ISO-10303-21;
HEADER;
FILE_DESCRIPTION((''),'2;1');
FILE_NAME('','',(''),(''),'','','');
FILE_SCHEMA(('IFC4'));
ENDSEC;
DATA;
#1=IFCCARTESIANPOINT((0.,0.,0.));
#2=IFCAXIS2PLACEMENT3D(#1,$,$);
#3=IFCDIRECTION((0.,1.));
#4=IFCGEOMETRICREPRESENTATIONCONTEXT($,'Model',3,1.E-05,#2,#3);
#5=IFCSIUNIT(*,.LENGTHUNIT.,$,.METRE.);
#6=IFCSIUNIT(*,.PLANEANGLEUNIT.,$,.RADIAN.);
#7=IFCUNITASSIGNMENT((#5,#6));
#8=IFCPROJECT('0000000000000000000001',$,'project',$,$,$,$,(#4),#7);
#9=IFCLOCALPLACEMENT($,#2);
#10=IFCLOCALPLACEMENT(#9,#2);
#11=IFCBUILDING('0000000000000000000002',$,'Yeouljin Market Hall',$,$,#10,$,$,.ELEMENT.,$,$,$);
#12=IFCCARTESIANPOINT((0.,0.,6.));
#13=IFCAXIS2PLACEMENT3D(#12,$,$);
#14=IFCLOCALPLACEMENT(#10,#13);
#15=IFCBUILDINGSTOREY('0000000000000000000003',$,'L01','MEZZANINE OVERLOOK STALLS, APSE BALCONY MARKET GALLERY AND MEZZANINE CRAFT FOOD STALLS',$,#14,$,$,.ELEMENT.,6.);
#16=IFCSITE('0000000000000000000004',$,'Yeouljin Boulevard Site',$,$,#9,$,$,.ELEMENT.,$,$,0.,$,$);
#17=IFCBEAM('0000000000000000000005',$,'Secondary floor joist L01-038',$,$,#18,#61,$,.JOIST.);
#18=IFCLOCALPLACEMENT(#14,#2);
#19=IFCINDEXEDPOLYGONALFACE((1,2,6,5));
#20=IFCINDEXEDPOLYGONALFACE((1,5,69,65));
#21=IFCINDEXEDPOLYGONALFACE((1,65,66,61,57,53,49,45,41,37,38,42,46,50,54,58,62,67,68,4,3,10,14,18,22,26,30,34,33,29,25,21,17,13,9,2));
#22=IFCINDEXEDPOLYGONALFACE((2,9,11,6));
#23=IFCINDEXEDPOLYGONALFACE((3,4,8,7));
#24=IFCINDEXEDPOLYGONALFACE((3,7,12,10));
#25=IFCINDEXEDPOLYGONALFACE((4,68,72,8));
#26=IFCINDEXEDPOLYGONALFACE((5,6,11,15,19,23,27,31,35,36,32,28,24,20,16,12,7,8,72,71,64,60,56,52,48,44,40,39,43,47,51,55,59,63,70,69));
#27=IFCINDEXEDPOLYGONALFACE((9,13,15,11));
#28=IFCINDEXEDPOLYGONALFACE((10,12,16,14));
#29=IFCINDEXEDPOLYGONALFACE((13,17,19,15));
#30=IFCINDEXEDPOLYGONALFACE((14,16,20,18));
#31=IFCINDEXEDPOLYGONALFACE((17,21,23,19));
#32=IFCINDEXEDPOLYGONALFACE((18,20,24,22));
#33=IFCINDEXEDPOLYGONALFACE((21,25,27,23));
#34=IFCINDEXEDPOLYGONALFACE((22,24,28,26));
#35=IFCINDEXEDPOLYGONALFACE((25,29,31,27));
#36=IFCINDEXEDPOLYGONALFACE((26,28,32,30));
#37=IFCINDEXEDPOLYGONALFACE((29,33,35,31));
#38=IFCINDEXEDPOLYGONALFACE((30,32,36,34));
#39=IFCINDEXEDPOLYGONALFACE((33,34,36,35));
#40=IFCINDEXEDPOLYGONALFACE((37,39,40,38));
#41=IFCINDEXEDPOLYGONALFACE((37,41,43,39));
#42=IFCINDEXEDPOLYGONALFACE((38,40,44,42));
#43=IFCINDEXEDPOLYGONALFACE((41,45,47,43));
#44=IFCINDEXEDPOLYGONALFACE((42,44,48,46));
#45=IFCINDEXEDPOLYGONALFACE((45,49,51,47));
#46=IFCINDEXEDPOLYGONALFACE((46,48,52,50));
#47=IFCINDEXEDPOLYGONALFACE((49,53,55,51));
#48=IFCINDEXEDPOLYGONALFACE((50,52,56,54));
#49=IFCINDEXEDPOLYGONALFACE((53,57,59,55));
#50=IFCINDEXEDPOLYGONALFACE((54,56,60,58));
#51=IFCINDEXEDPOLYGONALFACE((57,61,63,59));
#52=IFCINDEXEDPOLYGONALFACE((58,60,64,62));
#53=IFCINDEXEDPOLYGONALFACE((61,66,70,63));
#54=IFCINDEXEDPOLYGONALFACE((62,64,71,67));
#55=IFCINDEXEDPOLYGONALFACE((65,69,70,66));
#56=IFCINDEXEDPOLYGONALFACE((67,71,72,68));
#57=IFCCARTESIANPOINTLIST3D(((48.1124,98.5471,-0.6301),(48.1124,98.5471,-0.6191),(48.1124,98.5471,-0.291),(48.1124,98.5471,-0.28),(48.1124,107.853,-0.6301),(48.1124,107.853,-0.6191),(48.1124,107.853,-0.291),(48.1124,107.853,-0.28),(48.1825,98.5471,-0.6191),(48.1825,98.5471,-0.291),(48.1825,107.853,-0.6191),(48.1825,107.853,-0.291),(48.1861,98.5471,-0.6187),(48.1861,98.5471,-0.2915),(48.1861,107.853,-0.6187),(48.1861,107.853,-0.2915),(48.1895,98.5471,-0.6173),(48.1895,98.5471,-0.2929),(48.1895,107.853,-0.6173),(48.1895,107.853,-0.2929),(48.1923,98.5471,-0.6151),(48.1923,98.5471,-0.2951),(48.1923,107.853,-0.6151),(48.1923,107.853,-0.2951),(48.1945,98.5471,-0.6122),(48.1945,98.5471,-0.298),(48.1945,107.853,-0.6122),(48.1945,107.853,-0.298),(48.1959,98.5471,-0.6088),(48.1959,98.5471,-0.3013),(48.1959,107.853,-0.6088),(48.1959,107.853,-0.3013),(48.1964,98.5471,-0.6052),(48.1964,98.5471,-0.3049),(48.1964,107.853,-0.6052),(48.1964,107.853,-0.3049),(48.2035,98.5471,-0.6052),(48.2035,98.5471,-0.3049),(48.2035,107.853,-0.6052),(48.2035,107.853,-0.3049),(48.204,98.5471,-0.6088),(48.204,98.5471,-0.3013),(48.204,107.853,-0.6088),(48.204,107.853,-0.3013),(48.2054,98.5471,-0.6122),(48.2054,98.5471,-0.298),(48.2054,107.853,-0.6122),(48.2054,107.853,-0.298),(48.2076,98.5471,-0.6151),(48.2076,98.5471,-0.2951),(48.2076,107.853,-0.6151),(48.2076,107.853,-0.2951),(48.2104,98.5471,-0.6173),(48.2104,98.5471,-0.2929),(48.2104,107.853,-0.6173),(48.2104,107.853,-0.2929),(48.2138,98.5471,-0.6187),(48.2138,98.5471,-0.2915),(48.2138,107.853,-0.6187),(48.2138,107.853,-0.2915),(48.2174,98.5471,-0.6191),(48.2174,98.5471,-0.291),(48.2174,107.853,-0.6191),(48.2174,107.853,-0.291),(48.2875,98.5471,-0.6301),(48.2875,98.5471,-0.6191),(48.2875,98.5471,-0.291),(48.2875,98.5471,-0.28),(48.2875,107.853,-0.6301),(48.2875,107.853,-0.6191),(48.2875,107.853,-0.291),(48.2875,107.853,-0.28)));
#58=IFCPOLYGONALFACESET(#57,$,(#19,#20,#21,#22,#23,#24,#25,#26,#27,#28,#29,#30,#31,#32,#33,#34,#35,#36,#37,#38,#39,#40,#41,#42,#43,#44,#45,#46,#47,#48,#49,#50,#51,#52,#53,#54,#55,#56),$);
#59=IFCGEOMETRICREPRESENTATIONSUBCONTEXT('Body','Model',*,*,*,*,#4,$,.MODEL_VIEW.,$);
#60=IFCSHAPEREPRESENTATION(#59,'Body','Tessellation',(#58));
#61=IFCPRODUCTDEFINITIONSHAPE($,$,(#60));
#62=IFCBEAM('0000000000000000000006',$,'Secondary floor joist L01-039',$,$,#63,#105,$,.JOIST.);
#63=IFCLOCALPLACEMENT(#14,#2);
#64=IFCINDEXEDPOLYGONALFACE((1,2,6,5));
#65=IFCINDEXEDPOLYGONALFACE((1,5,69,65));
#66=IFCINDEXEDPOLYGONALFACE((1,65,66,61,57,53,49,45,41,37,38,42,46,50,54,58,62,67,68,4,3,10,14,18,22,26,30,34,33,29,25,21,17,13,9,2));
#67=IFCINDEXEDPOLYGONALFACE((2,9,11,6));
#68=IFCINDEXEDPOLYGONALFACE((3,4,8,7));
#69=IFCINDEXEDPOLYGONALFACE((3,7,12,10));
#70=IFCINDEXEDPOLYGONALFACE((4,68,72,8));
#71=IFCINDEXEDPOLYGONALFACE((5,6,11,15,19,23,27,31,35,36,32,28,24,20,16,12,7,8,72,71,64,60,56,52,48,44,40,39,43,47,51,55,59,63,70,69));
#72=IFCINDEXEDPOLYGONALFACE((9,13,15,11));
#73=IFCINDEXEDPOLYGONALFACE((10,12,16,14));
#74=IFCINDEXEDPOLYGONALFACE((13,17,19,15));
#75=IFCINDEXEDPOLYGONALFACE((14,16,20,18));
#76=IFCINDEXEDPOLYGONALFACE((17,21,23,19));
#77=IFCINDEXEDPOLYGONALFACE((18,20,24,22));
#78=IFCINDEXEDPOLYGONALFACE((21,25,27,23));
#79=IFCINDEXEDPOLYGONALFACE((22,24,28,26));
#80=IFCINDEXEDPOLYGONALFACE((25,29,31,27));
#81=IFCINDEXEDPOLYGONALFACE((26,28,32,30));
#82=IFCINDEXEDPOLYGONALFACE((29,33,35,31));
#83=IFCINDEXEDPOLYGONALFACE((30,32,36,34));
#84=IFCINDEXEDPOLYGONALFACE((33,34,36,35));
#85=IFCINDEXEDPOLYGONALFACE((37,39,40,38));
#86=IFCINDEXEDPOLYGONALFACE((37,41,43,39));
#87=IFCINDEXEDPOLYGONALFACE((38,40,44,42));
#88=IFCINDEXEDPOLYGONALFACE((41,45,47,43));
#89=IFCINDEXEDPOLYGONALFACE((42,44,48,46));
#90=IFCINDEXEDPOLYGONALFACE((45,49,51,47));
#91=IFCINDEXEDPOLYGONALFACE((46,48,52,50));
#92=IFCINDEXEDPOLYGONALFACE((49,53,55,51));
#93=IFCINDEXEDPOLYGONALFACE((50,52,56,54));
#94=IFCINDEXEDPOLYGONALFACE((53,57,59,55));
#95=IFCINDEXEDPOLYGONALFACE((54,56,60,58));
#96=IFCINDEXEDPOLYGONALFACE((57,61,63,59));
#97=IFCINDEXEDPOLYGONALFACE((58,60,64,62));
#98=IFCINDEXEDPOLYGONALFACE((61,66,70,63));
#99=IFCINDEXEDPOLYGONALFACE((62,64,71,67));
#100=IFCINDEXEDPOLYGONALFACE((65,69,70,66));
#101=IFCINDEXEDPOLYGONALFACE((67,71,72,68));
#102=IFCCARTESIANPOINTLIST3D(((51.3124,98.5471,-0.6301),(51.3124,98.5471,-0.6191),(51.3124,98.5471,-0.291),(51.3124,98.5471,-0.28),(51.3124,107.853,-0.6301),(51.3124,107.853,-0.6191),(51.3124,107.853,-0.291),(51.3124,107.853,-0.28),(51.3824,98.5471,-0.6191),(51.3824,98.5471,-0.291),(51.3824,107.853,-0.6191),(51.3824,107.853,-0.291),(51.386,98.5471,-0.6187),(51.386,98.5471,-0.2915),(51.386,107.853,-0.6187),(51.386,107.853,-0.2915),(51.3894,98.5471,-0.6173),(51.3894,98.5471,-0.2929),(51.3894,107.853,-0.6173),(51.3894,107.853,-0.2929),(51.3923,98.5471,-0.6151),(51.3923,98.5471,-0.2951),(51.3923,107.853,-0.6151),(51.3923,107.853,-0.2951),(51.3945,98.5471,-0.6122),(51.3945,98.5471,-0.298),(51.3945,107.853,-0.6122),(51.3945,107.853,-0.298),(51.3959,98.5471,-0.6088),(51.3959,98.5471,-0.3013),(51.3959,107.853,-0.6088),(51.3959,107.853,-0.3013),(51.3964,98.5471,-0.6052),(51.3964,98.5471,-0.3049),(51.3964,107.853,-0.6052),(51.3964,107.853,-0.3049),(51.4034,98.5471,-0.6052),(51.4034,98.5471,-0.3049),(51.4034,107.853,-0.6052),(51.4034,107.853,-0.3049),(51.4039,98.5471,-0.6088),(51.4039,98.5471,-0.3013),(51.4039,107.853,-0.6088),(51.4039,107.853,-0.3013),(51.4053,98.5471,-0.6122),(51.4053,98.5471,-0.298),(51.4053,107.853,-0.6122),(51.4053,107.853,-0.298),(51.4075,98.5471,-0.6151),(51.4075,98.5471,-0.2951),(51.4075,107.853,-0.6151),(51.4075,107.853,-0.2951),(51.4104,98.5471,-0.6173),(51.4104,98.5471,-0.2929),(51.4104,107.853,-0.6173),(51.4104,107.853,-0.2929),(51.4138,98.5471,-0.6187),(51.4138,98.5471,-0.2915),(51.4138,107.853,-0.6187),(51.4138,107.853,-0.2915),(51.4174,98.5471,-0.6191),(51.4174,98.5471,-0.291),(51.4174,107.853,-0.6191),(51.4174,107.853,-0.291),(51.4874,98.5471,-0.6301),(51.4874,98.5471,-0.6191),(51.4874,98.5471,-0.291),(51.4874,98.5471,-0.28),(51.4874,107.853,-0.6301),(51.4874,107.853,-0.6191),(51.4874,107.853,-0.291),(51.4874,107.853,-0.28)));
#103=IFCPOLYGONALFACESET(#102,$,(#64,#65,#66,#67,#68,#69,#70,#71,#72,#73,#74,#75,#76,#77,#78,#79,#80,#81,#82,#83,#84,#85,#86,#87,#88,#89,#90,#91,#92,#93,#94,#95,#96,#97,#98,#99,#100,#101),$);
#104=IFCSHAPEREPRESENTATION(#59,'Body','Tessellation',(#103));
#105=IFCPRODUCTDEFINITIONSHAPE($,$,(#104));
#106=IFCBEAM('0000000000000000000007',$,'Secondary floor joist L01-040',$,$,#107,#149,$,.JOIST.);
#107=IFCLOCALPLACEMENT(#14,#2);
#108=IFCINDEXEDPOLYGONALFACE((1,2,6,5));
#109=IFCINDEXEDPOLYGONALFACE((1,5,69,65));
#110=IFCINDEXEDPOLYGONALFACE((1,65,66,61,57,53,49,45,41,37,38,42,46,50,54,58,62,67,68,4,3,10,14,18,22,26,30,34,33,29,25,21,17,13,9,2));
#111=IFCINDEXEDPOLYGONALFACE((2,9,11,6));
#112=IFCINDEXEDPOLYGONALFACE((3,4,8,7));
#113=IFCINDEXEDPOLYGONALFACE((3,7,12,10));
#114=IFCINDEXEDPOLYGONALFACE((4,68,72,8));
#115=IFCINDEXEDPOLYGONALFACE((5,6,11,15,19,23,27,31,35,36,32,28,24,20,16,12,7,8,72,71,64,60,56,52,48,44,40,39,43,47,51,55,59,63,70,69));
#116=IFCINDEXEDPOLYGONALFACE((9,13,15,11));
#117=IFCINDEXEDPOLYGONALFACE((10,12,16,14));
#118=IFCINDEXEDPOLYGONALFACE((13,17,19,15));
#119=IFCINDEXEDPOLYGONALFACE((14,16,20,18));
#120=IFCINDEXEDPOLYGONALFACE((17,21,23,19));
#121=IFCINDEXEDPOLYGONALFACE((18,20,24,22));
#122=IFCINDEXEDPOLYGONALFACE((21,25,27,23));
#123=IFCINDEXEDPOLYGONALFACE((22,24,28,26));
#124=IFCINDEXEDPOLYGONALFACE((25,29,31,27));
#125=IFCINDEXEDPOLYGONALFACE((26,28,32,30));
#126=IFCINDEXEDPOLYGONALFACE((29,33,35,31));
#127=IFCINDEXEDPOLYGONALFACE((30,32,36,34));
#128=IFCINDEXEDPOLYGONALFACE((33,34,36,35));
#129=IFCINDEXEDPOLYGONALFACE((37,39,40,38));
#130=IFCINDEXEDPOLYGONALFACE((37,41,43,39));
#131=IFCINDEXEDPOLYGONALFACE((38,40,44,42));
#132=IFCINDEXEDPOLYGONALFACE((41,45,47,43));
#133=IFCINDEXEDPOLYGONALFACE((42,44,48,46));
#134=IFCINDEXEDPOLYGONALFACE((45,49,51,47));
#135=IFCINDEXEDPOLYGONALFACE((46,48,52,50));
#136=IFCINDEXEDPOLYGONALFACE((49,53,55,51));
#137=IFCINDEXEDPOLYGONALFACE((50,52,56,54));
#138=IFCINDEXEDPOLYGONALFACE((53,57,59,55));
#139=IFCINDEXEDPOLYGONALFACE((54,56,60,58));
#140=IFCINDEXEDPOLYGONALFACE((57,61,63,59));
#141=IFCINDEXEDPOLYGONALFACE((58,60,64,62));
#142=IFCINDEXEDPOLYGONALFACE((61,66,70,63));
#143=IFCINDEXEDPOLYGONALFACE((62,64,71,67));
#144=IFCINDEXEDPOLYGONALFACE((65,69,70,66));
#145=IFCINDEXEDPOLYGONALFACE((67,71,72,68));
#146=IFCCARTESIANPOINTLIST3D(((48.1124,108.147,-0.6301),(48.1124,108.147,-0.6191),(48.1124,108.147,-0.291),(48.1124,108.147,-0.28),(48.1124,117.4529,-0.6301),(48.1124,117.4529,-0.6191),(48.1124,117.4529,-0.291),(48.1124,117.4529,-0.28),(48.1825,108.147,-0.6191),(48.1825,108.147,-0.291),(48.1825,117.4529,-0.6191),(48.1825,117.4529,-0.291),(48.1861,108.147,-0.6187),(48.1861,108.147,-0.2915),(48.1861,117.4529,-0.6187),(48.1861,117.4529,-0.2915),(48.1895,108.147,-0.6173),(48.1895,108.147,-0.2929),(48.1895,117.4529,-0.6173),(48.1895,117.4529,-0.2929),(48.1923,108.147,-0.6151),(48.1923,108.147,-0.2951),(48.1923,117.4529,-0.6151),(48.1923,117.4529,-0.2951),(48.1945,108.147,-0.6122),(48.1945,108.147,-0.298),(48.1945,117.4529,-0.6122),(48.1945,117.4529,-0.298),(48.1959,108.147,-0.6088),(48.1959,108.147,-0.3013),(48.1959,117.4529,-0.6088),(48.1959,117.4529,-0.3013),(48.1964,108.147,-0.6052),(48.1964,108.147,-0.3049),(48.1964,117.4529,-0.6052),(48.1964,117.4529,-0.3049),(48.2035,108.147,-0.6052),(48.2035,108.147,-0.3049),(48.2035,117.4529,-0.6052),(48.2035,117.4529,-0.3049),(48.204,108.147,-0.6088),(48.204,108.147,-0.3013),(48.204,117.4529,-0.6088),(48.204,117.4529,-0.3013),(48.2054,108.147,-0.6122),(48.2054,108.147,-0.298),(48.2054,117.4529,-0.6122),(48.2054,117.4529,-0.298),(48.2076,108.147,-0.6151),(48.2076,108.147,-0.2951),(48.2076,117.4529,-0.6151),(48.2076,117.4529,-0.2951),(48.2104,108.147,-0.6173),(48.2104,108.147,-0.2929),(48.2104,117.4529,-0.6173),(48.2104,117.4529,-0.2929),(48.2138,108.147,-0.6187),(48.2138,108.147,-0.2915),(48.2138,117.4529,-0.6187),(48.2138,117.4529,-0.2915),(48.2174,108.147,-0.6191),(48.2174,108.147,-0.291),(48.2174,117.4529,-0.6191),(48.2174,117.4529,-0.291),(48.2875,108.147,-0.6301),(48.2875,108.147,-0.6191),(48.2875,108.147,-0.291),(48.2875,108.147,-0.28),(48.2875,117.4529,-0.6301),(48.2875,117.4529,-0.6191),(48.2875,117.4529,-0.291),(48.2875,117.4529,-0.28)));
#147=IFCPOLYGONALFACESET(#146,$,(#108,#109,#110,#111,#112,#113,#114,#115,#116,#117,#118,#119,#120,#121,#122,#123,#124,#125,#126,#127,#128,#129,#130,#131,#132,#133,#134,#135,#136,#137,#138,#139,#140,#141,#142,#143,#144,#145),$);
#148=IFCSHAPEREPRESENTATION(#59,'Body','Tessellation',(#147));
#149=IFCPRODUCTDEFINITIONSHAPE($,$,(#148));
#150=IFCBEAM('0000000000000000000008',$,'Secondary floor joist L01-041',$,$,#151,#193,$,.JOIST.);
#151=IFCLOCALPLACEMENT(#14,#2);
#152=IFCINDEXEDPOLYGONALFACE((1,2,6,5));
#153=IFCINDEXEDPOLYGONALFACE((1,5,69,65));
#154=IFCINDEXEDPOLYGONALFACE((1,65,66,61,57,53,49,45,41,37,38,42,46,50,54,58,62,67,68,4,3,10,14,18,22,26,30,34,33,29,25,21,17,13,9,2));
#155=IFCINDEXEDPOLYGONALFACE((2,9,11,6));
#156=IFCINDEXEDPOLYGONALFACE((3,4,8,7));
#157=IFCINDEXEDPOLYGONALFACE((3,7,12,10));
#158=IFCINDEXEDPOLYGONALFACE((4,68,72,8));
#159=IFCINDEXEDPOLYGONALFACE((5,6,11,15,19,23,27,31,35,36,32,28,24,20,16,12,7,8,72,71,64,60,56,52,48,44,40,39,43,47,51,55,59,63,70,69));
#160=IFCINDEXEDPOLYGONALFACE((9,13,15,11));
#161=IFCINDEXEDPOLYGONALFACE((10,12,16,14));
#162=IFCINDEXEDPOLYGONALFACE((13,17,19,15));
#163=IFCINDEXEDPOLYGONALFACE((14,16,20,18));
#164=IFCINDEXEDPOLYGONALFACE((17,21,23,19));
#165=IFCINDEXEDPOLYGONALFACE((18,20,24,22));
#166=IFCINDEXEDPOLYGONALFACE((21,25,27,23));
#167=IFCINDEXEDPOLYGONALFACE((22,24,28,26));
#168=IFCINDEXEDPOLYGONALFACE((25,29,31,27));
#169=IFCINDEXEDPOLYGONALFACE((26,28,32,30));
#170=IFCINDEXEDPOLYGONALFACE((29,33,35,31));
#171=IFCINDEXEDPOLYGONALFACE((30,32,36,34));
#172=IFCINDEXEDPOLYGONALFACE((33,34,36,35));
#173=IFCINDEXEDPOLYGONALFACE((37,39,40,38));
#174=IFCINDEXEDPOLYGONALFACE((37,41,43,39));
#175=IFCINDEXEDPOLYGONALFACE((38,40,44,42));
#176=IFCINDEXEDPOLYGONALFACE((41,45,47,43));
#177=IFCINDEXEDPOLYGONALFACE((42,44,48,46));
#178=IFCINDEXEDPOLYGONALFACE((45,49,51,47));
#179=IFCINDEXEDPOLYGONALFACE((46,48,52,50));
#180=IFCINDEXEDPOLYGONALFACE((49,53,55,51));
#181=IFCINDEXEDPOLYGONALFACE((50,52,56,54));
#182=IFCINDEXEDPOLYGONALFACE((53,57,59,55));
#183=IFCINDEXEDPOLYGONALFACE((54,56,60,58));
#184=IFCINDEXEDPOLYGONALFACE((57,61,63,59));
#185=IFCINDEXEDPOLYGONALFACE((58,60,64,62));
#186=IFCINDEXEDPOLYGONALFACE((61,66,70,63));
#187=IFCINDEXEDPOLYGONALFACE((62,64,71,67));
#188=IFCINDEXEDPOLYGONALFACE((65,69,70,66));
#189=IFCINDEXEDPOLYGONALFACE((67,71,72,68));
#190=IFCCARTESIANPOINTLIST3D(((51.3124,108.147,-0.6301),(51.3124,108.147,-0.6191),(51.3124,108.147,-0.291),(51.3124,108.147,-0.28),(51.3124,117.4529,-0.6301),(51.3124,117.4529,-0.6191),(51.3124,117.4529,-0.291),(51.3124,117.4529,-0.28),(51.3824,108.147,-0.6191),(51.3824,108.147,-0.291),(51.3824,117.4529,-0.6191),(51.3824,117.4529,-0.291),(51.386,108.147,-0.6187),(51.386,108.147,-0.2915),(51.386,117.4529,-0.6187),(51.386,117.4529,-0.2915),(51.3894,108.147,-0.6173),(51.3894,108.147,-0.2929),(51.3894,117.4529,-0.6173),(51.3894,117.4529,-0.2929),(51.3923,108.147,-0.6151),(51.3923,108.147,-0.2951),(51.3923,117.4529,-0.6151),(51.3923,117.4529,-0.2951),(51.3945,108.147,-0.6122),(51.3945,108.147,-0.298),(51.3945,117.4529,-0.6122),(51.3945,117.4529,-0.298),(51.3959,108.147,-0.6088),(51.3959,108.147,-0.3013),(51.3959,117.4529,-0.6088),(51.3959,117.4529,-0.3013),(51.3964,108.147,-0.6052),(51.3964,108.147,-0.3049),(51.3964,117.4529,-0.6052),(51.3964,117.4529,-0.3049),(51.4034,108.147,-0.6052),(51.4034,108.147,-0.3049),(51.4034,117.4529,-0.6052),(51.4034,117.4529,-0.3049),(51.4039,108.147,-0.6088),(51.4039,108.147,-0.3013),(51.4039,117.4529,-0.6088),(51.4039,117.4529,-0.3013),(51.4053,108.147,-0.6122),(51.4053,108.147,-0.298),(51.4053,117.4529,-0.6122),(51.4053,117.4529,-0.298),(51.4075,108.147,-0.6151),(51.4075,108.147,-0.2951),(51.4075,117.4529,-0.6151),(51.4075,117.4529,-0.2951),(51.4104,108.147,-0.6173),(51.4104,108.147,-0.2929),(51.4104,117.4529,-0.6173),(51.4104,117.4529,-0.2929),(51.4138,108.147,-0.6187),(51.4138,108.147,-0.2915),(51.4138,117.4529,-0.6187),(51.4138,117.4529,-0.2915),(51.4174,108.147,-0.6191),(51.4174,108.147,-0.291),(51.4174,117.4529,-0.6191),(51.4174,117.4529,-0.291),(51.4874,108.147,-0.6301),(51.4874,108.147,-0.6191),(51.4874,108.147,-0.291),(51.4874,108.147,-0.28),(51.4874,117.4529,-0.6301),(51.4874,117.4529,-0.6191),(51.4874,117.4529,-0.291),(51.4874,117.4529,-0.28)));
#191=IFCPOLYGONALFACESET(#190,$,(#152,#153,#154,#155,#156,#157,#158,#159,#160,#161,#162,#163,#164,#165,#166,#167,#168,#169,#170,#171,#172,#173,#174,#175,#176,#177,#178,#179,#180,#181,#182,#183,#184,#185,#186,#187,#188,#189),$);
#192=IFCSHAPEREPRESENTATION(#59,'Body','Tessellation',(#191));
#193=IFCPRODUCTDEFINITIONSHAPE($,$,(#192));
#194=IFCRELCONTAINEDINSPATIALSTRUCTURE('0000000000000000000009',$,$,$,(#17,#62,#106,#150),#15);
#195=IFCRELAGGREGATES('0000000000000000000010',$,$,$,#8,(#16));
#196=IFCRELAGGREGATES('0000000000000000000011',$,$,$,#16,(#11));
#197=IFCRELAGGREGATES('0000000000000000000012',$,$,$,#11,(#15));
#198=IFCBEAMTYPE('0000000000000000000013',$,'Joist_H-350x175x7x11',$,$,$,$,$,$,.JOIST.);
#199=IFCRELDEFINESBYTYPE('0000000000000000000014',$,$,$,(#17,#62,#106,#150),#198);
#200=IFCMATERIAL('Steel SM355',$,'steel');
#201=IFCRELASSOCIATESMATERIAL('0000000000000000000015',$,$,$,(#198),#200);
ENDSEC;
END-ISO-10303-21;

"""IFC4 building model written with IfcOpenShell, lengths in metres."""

from ifc_helpers import new_model, si_unit, direction, frame, origin, origin_2d, place, context, subcontext, project, spatial, i_section, extrude, material, material_profile, profile_set, type_object, element, save


model = new_model("IFC4")

# Units and contexts
model_context = context("Model", 3, precision=1e-05, world=origin(), true_north=direction((0.0, 1.0)))
body_context = subcontext(model_context, "Body", "Model", "MODEL_VIEW")
ifc_project = project(units=[si_unit("LENGTHUNIT", "METRE"), si_unit("PLANEANGLEUNIT", "RADIAN")], contexts=[model_context])

# Site, building, storey
site_placement = place(None, origin())
site = spatial("IfcSite", under=ifc_project, at=site_placement, Name="Yeouljin Boulevard Site", CompositionType="ELEMENT", RefElevation=0.0)
building_placement = place(site_placement, origin())
building = spatial("IfcBuilding", under=site, at=building_placement, Name="Yeouljin Market Hall", CompositionType="ELEMENT")
storey_placement = place(building_placement, frame((0.0, 0.0, 6.0)))
storey = spatial("IfcBuildingStorey", under=building, at=storey_placement, Name="L01", Description="MEZZANINE OVERLOOK STALLS, APSE BALCONY MARKET GALLERY AND MEZZANINE CRAFT FOOD STALLS", CompositionType="ELEMENT", Elevation=6.0)

# Beams
ifc_material_1 = material(Name="Steel SM355", Category="steel")
ifc_material_profile_1 = material_profile(ifc_material_1, i_section(OverallWidth=0.175, OverallDepth=0.3501, WebThickness=0.0071, FlangeThickness=0.011, FilletRadius=0.0139, at=origin_2d()), Name="H-350x175x7x11")
ifc_profile_set_1 = profile_set([ifc_material_profile_1], Name="Steel SM355")
beam_type_1 = type_object("IfcBeamType", Name="Joist_H-350x175x7x11", PredefinedType="JOIST", material=ifc_profile_set_1)
for number, where, z_axis, x_axis, name in (
    (1, (48.2, 98.5471, -0.4551), (0.0, 1.0, 0.0), (-1.0, 0.0, 0.0), "Secondary floor joist L01-038"),
    (2, (51.3999, 98.5471, -0.4551), (0.0, 1.0, 0.0), (-1.0, 0.0, 0.0), "Secondary floor joist L01-039"),
    (3, (48.2, 108.147, -0.4551), (0.0, 1.0, 0.0), (-1.0, 0.0, 0.0), "Secondary floor joist L01-040"),
    (4, (51.3999, 108.147, -0.4551), (0.0, 1.0, 0.0), (-1.0, 0.0, 0.0), "Secondary floor joist L01-041"),
):
    element("IfcBeam", number, at=place(storey_placement, frame(where, z_axis=z_axis, x_axis=x_axis)), inside=storey, type_object=beam_type_1, Name=name, PredefinedType="JOIST", context=body_context, shape_type="SweptSolid", body=[
        extrude(i_section(OverallWidth=0.175, OverallDepth=0.3501, WebThickness=0.0071, FlangeThickness=0.011, FilletRadius=0.0139, at=origin_2d()), origin(), (0.0, 0.0, 1.0), 9.3059),
    ])

save(model, "model.ifc")
